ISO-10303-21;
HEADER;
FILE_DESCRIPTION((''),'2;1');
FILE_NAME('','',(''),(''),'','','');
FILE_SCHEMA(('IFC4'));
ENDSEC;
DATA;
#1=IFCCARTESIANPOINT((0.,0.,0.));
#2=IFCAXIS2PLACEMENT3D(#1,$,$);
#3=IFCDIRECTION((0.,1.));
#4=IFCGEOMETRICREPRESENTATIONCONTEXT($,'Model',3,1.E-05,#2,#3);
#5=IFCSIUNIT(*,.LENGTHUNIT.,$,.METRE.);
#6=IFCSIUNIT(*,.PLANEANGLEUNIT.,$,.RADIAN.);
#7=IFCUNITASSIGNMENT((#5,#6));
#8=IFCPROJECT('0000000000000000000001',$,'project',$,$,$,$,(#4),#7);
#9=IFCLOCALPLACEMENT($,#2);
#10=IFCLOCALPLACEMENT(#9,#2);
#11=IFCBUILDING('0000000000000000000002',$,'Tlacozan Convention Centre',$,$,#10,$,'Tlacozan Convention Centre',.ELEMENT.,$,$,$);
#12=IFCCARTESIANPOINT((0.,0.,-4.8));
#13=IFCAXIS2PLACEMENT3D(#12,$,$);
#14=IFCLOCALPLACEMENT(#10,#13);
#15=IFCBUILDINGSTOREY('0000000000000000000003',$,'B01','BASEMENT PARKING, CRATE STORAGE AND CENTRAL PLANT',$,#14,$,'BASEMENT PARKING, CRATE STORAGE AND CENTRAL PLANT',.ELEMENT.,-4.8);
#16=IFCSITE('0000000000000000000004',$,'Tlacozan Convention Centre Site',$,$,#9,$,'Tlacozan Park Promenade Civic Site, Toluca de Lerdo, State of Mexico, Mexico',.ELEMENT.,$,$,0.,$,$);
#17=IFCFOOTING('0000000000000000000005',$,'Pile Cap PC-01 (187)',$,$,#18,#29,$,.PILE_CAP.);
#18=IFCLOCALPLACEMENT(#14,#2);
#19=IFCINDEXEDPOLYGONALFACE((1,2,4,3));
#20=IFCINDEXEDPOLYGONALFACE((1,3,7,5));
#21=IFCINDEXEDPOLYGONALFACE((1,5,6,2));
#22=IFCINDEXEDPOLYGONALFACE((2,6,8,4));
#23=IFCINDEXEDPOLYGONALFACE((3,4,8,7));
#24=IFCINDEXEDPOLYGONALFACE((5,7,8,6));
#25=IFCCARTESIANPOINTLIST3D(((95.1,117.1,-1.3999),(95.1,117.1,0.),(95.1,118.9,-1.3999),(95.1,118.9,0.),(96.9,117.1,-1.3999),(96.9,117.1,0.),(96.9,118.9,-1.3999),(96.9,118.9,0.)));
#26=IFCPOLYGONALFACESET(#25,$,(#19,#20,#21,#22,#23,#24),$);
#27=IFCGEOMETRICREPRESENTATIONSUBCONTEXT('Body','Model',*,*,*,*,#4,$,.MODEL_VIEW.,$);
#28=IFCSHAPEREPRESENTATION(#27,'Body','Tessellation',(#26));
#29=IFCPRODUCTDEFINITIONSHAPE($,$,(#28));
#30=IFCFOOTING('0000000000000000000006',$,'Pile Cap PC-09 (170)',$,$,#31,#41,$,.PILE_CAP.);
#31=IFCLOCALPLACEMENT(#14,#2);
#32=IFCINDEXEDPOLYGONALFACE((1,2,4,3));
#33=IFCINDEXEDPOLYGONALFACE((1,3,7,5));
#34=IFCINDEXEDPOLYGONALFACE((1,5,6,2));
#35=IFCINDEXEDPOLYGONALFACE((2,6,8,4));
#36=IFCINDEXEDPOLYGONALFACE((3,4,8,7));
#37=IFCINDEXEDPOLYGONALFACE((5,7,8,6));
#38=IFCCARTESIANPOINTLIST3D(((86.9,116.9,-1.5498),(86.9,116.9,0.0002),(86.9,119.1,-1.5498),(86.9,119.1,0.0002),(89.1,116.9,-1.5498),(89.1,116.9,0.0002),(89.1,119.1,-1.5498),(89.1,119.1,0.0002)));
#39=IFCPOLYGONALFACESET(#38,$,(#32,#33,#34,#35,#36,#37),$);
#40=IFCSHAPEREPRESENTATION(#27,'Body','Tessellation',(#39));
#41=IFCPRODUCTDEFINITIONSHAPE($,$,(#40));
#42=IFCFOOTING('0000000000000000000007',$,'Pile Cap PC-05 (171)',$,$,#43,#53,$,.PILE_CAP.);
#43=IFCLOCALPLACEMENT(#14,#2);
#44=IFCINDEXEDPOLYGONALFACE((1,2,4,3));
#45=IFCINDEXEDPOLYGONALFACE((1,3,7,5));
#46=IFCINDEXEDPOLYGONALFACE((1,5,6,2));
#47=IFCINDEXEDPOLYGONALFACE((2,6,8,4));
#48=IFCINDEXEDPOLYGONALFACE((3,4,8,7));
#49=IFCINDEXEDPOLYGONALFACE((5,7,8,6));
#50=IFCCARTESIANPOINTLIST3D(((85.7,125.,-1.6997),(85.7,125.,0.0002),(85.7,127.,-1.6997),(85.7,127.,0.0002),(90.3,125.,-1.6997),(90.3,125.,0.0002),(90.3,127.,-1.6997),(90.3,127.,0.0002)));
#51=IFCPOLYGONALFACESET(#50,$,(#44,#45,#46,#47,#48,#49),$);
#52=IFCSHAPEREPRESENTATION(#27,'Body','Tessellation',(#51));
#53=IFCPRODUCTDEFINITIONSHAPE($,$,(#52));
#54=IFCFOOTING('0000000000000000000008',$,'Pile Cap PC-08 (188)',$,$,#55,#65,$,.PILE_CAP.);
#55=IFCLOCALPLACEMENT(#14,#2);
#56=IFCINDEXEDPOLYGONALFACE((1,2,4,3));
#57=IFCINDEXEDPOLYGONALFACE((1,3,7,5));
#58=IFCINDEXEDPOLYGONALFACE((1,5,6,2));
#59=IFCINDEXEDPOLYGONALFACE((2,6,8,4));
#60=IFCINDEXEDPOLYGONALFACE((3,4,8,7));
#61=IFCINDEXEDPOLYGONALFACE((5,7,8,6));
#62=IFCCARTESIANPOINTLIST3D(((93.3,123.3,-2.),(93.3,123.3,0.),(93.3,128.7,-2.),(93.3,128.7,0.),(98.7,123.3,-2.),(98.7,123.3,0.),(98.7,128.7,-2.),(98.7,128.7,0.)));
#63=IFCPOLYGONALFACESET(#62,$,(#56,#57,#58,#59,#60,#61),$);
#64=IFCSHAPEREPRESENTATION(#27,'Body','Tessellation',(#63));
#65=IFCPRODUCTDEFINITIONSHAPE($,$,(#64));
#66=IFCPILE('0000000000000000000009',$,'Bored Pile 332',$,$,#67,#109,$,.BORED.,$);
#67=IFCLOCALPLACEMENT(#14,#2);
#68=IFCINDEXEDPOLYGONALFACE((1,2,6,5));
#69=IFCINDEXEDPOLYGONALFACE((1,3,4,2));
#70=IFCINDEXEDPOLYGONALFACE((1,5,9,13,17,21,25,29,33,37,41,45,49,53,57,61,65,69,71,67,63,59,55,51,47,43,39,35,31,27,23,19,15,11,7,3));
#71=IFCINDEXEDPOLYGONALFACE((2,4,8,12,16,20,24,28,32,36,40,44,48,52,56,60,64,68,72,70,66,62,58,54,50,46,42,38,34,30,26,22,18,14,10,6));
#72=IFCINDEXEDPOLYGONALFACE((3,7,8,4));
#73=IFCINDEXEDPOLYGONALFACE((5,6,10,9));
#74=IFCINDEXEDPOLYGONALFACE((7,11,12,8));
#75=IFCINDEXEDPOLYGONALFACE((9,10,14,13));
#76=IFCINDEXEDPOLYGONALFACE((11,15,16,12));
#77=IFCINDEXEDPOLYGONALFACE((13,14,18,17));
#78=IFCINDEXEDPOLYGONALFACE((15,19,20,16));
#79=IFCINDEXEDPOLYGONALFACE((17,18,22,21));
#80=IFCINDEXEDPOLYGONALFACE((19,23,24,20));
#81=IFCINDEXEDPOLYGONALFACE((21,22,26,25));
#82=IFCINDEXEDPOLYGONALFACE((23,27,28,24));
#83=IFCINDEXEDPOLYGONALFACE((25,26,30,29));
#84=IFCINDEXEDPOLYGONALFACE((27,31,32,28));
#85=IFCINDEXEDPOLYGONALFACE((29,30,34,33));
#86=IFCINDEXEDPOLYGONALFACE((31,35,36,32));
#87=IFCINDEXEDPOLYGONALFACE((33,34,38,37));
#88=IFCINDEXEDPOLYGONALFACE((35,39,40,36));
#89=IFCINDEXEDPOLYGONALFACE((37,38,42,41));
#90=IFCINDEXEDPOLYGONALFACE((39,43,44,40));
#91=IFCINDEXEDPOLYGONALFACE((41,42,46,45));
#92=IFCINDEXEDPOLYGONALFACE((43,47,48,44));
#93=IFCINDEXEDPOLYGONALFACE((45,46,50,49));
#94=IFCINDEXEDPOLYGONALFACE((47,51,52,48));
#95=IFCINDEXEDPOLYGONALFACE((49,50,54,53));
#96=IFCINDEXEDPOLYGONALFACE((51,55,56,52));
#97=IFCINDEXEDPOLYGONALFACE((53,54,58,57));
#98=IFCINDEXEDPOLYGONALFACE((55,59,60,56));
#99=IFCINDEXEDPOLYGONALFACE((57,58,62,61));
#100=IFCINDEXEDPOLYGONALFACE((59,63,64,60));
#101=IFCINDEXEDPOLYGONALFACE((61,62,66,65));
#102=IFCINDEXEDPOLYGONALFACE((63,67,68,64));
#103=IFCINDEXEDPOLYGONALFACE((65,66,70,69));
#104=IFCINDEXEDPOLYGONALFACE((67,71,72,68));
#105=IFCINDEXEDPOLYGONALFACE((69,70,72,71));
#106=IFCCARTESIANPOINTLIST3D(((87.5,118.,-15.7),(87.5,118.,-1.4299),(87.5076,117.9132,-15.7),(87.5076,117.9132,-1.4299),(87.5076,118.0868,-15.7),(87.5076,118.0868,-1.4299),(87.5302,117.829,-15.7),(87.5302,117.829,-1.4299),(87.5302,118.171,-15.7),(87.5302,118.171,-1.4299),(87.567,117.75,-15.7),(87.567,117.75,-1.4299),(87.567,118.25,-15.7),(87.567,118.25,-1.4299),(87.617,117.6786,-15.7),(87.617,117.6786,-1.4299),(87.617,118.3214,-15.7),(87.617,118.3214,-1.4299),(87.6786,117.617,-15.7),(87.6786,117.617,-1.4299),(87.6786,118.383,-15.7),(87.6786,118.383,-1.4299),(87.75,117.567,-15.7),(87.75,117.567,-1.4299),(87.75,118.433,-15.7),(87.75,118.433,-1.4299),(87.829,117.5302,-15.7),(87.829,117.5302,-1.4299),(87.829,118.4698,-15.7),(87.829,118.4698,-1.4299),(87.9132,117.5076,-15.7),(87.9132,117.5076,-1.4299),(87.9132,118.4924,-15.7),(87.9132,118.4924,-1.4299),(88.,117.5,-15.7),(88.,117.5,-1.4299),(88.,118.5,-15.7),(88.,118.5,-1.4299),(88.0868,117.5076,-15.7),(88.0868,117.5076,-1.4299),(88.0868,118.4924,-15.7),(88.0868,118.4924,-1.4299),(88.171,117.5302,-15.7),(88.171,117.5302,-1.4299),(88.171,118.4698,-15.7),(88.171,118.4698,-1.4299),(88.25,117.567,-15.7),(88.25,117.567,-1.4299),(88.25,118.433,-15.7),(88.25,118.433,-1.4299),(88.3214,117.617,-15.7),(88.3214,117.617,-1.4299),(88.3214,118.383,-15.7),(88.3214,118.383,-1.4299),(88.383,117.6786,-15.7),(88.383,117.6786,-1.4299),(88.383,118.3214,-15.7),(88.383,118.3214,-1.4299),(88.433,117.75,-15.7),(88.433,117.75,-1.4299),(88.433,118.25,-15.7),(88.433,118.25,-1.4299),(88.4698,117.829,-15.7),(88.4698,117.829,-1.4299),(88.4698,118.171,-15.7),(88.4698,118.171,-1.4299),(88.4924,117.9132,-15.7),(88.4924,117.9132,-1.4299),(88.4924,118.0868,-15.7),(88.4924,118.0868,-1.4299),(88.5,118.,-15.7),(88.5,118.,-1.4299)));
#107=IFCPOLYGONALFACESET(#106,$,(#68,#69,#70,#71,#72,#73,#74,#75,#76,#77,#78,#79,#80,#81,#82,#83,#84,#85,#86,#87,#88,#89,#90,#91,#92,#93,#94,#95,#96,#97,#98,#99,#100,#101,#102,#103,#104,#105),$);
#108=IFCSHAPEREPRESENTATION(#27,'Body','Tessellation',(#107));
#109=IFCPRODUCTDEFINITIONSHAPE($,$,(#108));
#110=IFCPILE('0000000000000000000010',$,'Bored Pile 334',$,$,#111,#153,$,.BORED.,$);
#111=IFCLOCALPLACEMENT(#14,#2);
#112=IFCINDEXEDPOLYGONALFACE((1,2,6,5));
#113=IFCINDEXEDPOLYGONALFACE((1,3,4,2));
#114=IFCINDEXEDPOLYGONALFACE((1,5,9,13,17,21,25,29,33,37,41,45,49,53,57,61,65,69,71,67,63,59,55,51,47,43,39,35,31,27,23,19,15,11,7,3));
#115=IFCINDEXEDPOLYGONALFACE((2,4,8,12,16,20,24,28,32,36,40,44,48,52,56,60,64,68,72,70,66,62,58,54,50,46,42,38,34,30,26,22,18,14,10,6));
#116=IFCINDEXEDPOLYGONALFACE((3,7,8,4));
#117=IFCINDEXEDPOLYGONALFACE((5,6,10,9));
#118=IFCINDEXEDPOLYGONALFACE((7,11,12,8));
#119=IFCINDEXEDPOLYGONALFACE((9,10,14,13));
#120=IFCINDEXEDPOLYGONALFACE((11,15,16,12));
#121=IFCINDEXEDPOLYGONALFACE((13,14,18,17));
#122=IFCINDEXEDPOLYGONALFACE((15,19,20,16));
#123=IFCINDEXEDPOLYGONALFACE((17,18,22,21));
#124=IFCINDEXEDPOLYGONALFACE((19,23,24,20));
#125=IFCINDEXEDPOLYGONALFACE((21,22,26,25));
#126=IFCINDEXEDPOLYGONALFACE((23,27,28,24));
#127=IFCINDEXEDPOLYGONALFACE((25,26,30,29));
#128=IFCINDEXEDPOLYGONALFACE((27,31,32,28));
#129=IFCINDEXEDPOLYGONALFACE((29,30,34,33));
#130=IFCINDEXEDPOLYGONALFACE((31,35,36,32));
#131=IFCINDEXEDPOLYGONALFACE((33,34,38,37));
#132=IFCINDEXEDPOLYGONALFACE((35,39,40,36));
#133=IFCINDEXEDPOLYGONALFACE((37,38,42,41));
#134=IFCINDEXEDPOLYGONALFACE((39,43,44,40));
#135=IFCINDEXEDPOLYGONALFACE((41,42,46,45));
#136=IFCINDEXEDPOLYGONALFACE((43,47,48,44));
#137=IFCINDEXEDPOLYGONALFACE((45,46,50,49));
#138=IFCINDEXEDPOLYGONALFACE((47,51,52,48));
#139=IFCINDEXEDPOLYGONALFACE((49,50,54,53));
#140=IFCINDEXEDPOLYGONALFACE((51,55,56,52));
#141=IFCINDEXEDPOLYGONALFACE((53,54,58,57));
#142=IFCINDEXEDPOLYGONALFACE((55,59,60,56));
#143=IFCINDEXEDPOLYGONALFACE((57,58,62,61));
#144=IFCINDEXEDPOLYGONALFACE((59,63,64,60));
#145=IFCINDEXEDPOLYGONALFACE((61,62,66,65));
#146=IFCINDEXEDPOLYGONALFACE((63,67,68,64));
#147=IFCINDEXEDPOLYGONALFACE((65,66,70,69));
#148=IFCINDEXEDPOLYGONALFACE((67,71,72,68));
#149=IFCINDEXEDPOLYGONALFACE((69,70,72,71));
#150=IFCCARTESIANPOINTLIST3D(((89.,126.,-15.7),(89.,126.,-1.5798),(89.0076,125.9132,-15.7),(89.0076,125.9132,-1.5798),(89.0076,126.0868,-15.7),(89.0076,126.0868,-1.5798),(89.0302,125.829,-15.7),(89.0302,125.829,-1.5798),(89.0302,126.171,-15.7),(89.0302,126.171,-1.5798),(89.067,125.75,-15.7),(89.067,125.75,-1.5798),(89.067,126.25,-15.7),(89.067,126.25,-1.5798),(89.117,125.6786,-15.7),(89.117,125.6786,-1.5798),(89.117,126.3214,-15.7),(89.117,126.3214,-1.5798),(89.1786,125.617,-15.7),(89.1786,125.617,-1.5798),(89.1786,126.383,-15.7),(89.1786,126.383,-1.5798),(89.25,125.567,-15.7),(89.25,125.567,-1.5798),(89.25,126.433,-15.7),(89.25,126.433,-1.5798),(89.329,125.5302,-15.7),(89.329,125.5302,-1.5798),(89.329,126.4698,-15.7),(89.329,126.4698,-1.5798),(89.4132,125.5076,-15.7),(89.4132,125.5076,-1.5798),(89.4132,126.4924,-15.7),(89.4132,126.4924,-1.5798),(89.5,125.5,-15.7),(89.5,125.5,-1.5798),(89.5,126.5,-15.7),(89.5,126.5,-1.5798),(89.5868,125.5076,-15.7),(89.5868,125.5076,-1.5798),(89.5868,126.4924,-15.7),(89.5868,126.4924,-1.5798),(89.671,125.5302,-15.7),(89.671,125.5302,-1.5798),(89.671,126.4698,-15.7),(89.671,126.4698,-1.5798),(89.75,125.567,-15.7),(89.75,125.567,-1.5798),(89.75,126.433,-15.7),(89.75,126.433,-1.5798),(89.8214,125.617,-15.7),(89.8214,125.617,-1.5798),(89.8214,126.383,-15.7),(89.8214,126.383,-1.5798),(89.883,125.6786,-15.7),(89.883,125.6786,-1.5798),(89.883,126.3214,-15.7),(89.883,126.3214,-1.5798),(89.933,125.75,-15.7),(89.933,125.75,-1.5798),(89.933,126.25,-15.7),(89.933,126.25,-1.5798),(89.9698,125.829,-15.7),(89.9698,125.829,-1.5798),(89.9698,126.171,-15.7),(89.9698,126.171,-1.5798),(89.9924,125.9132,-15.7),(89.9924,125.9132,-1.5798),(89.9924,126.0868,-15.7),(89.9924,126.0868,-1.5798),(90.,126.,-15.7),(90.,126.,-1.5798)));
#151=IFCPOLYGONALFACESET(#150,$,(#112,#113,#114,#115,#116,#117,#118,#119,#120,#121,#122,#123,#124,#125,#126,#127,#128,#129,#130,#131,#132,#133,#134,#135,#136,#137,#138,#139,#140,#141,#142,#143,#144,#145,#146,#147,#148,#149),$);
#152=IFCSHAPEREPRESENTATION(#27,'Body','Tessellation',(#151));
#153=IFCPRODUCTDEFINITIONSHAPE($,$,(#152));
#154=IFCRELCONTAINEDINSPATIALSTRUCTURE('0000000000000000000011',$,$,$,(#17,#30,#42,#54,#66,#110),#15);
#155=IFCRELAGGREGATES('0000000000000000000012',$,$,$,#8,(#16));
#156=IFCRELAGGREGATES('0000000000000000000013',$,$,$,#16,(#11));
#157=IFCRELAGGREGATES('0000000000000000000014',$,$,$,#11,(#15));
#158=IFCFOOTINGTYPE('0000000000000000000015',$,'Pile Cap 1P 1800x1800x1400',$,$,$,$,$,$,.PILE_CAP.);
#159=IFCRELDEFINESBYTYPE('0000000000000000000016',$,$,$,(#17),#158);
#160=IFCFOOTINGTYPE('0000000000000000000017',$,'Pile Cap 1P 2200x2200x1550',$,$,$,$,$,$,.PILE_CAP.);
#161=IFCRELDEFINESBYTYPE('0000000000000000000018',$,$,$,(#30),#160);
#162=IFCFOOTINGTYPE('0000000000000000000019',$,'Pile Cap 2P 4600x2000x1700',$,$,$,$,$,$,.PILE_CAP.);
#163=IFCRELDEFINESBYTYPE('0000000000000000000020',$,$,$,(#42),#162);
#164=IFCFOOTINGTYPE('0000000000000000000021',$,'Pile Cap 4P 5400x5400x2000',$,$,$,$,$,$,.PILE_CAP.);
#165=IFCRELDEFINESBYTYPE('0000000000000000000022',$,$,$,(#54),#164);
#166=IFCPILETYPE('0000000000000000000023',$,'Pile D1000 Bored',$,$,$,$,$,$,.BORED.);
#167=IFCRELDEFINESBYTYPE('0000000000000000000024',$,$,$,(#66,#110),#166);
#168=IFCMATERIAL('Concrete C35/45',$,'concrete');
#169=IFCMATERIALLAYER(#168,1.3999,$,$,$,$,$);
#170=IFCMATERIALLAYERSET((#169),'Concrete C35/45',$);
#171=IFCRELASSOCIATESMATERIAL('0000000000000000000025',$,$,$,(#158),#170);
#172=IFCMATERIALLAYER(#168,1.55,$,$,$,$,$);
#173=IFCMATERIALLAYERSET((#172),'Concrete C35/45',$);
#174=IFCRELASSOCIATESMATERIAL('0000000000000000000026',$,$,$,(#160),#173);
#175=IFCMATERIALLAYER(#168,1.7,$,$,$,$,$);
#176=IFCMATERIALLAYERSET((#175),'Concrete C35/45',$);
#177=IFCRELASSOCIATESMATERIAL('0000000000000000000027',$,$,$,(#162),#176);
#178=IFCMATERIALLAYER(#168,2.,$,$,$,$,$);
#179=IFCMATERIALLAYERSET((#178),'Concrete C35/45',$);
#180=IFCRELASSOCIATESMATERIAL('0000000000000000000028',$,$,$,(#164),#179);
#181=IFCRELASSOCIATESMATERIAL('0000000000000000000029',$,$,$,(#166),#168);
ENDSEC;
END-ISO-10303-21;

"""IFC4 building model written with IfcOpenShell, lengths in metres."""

from ifc_helpers import new_model, si_unit, direction, frame, origin, origin_2d, place, context, subcontext, project, spatial, rectangle, circle, extrude, material, layer, layer_set, material_profile, profile_set, type_object, element, save


model = new_model("IFC4")

# Units and contexts
model_context = context("Model", 3, precision=1e-05, world=origin(), true_north=direction((0.0, 1.0)))
body_context = subcontext(model_context, "Body", "Model", "MODEL_VIEW")
ifc_project = project(units=[si_unit("LENGTHUNIT", "METRE"), si_unit("PLANEANGLEUNIT", "RADIAN")], contexts=[model_context])

# Site, building, storey
site_placement = place(None, origin())
site = spatial("IfcSite", under=ifc_project, at=site_placement, Name="Tlacozan Convention Centre Site", LongName="Tlacozan Park Promenade Civic Site, Toluca de Lerdo, State of Mexico, Mexico", CompositionType="ELEMENT", RefElevation=0.0)
building_placement = place(site_placement, origin())
building = spatial("IfcBuilding", under=site, at=building_placement, Name="Tlacozan Convention Centre", LongName="Tlacozan Convention Centre", CompositionType="ELEMENT")
storey_placement = place(building_placement, frame((0.0, 0.0, -4.8)))
storey = spatial("IfcBuildingStorey", under=building, at=storey_placement, Name="B01", Description="BASEMENT PARKING, CRATE STORAGE AND CENTRAL PLANT", LongName="BASEMENT PARKING, CRATE STORAGE AND CENTRAL PLANT", CompositionType="ELEMENT", Elevation=-4.8)

# Footings
ifc_material_1 = material(Name="Concrete C35/45", Category="concrete")
ifc_layer_1 = layer(ifc_material_1, 1.3999)
ifc_layer_set_1 = layer_set([ifc_layer_1], Name="Concrete C35/45")
footing_type_1 = type_object("IfcFootingType", Name="Pile Cap 1P 1800x1800x1400", PredefinedType="PILE_CAP", material=ifc_layer_set_1)
footing_1_placement = place(storey_placement, frame((96.0, 118.0, -1.3999), z_axis=(0.0, 0.0, 1.0), x_axis=(1.0, 0.0, 0.0)))
element("IfcFooting", 1, at=footing_1_placement, inside=storey, type_object=footing_type_1, Name="Pile Cap PC-01 (187)", PredefinedType="PILE_CAP", context=body_context, shape_type="SweptSolid", body=[
    extrude(rectangle(XDim=1.8, YDim=1.8, at=origin_2d()), origin(), (0.0, 0.0, 1.0), 1.3999),
])
ifc_layer_2 = layer(ifc_material_1, 1.55)
ifc_layer_set_2 = layer_set([ifc_layer_2], Name="Concrete C35/45")
footing_type_2 = type_object("IfcFootingType", Name="Pile Cap 1P 2200x2200x1550", PredefinedType="PILE_CAP", material=ifc_layer_set_2)
footing_2_placement = place(storey_placement, frame((88.0, 118.0, -1.5498), z_axis=(0.0, 0.0, 1.0), x_axis=(1.0, 0.0, 0.0)))
element("IfcFooting", 2, at=footing_2_placement, inside=storey, type_object=footing_type_2, Name="Pile Cap PC-09 (170)", PredefinedType="PILE_CAP", context=body_context, shape_type="SweptSolid", body=[
    extrude(rectangle(XDim=2.2, YDim=2.2, at=origin_2d()), origin(), (0.0, 0.0, 1.0), 1.55),
])
ifc_layer_3 = layer(ifc_material_1, 1.7)
ifc_layer_set_3 = layer_set([ifc_layer_3], Name="Concrete C35/45")
footing_type_3 = type_object("IfcFootingType", Name="Pile Cap 2P 4600x2000x1700", PredefinedType="PILE_CAP", material=ifc_layer_set_3)
footing_3_placement = place(storey_placement, frame((88.0, 126.0, -1.6997), z_axis=(0.0, 0.0, 1.0), x_axis=(1.0, 0.0, 0.0)))
element("IfcFooting", 3, at=footing_3_placement, inside=storey, type_object=footing_type_3, Name="Pile Cap PC-05 (171)", PredefinedType="PILE_CAP", context=body_context, shape_type="SweptSolid", body=[
    extrude(rectangle(XDim=4.6001, YDim=2.0, at=origin_2d()), origin(), (0.0, 0.0, 1.0), 1.7),
])
ifc_layer_4 = layer(ifc_material_1, 2.0)
ifc_layer_set_4 = layer_set([ifc_layer_4], Name="Concrete C35/45")
footing_type_4 = type_object("IfcFootingType", Name="Pile Cap 4P 5400x5400x2000", PredefinedType="PILE_CAP", material=ifc_layer_set_4)
footing_4_placement = place(storey_placement, frame((96.0, 126.0, -2.0), z_axis=(0.0, 0.0, 1.0), x_axis=(1.0, 0.0, 0.0)))
element("IfcFooting", 4, at=footing_4_placement, inside=storey, type_object=footing_type_4, Name="Pile Cap PC-08 (188)", PredefinedType="PILE_CAP", context=body_context, shape_type="SweptSolid", body=[
    extrude(rectangle(XDim=5.3999, YDim=5.3999, at=origin_2d()), origin(), (0.0, 0.0, 1.0), 2.0),
])

# Piles
ifc_material_profile_1 = material_profile(ifc_material_1, circle(Radius=0.5, at=origin_2d()), Name="PILE D1000")
ifc_profile_set_1 = profile_set([ifc_material_profile_1], Name="Concrete C35/45")
pile_type_1 = type_object("IfcPileType", Name="Pile D1000 Bored", PredefinedType="BORED", material=ifc_profile_set_1)
pile_1_placement = place(storey_placement, frame((88.0, 118.0, -1.4299), z_axis=(0.0, 0.0, -1.0), x_axis=(1.0, 0.0, 0.0)))
element("IfcPile", 5, at=pile_1_placement, inside=storey, type_object=pile_type_1, Name="Bored Pile 332", PredefinedType="BORED", context=body_context, shape_type="SweptSolid", body=[
    extrude(circle(Radius=0.5, at=origin_2d()), origin(), (0.0, 0.0, 1.0), 14.27),
])
pile_2_placement = place(storey_placement, frame((89.5, 126.0, -1.5798), z_axis=(0.0, 0.0, -1.0), x_axis=(1.0, 0.0, 0.0)))
element("IfcPile", 6, at=pile_2_placement, inside=storey, type_object=pile_type_1, Name="Bored Pile 334", PredefinedType="BORED", context=body_context, shape_type="SweptSolid", body=[
    extrude(circle(Radius=0.5, at=origin_2d()), origin(), (0.0, 0.0, 1.0), 14.1201),
])

save(model, "model.ifc")
